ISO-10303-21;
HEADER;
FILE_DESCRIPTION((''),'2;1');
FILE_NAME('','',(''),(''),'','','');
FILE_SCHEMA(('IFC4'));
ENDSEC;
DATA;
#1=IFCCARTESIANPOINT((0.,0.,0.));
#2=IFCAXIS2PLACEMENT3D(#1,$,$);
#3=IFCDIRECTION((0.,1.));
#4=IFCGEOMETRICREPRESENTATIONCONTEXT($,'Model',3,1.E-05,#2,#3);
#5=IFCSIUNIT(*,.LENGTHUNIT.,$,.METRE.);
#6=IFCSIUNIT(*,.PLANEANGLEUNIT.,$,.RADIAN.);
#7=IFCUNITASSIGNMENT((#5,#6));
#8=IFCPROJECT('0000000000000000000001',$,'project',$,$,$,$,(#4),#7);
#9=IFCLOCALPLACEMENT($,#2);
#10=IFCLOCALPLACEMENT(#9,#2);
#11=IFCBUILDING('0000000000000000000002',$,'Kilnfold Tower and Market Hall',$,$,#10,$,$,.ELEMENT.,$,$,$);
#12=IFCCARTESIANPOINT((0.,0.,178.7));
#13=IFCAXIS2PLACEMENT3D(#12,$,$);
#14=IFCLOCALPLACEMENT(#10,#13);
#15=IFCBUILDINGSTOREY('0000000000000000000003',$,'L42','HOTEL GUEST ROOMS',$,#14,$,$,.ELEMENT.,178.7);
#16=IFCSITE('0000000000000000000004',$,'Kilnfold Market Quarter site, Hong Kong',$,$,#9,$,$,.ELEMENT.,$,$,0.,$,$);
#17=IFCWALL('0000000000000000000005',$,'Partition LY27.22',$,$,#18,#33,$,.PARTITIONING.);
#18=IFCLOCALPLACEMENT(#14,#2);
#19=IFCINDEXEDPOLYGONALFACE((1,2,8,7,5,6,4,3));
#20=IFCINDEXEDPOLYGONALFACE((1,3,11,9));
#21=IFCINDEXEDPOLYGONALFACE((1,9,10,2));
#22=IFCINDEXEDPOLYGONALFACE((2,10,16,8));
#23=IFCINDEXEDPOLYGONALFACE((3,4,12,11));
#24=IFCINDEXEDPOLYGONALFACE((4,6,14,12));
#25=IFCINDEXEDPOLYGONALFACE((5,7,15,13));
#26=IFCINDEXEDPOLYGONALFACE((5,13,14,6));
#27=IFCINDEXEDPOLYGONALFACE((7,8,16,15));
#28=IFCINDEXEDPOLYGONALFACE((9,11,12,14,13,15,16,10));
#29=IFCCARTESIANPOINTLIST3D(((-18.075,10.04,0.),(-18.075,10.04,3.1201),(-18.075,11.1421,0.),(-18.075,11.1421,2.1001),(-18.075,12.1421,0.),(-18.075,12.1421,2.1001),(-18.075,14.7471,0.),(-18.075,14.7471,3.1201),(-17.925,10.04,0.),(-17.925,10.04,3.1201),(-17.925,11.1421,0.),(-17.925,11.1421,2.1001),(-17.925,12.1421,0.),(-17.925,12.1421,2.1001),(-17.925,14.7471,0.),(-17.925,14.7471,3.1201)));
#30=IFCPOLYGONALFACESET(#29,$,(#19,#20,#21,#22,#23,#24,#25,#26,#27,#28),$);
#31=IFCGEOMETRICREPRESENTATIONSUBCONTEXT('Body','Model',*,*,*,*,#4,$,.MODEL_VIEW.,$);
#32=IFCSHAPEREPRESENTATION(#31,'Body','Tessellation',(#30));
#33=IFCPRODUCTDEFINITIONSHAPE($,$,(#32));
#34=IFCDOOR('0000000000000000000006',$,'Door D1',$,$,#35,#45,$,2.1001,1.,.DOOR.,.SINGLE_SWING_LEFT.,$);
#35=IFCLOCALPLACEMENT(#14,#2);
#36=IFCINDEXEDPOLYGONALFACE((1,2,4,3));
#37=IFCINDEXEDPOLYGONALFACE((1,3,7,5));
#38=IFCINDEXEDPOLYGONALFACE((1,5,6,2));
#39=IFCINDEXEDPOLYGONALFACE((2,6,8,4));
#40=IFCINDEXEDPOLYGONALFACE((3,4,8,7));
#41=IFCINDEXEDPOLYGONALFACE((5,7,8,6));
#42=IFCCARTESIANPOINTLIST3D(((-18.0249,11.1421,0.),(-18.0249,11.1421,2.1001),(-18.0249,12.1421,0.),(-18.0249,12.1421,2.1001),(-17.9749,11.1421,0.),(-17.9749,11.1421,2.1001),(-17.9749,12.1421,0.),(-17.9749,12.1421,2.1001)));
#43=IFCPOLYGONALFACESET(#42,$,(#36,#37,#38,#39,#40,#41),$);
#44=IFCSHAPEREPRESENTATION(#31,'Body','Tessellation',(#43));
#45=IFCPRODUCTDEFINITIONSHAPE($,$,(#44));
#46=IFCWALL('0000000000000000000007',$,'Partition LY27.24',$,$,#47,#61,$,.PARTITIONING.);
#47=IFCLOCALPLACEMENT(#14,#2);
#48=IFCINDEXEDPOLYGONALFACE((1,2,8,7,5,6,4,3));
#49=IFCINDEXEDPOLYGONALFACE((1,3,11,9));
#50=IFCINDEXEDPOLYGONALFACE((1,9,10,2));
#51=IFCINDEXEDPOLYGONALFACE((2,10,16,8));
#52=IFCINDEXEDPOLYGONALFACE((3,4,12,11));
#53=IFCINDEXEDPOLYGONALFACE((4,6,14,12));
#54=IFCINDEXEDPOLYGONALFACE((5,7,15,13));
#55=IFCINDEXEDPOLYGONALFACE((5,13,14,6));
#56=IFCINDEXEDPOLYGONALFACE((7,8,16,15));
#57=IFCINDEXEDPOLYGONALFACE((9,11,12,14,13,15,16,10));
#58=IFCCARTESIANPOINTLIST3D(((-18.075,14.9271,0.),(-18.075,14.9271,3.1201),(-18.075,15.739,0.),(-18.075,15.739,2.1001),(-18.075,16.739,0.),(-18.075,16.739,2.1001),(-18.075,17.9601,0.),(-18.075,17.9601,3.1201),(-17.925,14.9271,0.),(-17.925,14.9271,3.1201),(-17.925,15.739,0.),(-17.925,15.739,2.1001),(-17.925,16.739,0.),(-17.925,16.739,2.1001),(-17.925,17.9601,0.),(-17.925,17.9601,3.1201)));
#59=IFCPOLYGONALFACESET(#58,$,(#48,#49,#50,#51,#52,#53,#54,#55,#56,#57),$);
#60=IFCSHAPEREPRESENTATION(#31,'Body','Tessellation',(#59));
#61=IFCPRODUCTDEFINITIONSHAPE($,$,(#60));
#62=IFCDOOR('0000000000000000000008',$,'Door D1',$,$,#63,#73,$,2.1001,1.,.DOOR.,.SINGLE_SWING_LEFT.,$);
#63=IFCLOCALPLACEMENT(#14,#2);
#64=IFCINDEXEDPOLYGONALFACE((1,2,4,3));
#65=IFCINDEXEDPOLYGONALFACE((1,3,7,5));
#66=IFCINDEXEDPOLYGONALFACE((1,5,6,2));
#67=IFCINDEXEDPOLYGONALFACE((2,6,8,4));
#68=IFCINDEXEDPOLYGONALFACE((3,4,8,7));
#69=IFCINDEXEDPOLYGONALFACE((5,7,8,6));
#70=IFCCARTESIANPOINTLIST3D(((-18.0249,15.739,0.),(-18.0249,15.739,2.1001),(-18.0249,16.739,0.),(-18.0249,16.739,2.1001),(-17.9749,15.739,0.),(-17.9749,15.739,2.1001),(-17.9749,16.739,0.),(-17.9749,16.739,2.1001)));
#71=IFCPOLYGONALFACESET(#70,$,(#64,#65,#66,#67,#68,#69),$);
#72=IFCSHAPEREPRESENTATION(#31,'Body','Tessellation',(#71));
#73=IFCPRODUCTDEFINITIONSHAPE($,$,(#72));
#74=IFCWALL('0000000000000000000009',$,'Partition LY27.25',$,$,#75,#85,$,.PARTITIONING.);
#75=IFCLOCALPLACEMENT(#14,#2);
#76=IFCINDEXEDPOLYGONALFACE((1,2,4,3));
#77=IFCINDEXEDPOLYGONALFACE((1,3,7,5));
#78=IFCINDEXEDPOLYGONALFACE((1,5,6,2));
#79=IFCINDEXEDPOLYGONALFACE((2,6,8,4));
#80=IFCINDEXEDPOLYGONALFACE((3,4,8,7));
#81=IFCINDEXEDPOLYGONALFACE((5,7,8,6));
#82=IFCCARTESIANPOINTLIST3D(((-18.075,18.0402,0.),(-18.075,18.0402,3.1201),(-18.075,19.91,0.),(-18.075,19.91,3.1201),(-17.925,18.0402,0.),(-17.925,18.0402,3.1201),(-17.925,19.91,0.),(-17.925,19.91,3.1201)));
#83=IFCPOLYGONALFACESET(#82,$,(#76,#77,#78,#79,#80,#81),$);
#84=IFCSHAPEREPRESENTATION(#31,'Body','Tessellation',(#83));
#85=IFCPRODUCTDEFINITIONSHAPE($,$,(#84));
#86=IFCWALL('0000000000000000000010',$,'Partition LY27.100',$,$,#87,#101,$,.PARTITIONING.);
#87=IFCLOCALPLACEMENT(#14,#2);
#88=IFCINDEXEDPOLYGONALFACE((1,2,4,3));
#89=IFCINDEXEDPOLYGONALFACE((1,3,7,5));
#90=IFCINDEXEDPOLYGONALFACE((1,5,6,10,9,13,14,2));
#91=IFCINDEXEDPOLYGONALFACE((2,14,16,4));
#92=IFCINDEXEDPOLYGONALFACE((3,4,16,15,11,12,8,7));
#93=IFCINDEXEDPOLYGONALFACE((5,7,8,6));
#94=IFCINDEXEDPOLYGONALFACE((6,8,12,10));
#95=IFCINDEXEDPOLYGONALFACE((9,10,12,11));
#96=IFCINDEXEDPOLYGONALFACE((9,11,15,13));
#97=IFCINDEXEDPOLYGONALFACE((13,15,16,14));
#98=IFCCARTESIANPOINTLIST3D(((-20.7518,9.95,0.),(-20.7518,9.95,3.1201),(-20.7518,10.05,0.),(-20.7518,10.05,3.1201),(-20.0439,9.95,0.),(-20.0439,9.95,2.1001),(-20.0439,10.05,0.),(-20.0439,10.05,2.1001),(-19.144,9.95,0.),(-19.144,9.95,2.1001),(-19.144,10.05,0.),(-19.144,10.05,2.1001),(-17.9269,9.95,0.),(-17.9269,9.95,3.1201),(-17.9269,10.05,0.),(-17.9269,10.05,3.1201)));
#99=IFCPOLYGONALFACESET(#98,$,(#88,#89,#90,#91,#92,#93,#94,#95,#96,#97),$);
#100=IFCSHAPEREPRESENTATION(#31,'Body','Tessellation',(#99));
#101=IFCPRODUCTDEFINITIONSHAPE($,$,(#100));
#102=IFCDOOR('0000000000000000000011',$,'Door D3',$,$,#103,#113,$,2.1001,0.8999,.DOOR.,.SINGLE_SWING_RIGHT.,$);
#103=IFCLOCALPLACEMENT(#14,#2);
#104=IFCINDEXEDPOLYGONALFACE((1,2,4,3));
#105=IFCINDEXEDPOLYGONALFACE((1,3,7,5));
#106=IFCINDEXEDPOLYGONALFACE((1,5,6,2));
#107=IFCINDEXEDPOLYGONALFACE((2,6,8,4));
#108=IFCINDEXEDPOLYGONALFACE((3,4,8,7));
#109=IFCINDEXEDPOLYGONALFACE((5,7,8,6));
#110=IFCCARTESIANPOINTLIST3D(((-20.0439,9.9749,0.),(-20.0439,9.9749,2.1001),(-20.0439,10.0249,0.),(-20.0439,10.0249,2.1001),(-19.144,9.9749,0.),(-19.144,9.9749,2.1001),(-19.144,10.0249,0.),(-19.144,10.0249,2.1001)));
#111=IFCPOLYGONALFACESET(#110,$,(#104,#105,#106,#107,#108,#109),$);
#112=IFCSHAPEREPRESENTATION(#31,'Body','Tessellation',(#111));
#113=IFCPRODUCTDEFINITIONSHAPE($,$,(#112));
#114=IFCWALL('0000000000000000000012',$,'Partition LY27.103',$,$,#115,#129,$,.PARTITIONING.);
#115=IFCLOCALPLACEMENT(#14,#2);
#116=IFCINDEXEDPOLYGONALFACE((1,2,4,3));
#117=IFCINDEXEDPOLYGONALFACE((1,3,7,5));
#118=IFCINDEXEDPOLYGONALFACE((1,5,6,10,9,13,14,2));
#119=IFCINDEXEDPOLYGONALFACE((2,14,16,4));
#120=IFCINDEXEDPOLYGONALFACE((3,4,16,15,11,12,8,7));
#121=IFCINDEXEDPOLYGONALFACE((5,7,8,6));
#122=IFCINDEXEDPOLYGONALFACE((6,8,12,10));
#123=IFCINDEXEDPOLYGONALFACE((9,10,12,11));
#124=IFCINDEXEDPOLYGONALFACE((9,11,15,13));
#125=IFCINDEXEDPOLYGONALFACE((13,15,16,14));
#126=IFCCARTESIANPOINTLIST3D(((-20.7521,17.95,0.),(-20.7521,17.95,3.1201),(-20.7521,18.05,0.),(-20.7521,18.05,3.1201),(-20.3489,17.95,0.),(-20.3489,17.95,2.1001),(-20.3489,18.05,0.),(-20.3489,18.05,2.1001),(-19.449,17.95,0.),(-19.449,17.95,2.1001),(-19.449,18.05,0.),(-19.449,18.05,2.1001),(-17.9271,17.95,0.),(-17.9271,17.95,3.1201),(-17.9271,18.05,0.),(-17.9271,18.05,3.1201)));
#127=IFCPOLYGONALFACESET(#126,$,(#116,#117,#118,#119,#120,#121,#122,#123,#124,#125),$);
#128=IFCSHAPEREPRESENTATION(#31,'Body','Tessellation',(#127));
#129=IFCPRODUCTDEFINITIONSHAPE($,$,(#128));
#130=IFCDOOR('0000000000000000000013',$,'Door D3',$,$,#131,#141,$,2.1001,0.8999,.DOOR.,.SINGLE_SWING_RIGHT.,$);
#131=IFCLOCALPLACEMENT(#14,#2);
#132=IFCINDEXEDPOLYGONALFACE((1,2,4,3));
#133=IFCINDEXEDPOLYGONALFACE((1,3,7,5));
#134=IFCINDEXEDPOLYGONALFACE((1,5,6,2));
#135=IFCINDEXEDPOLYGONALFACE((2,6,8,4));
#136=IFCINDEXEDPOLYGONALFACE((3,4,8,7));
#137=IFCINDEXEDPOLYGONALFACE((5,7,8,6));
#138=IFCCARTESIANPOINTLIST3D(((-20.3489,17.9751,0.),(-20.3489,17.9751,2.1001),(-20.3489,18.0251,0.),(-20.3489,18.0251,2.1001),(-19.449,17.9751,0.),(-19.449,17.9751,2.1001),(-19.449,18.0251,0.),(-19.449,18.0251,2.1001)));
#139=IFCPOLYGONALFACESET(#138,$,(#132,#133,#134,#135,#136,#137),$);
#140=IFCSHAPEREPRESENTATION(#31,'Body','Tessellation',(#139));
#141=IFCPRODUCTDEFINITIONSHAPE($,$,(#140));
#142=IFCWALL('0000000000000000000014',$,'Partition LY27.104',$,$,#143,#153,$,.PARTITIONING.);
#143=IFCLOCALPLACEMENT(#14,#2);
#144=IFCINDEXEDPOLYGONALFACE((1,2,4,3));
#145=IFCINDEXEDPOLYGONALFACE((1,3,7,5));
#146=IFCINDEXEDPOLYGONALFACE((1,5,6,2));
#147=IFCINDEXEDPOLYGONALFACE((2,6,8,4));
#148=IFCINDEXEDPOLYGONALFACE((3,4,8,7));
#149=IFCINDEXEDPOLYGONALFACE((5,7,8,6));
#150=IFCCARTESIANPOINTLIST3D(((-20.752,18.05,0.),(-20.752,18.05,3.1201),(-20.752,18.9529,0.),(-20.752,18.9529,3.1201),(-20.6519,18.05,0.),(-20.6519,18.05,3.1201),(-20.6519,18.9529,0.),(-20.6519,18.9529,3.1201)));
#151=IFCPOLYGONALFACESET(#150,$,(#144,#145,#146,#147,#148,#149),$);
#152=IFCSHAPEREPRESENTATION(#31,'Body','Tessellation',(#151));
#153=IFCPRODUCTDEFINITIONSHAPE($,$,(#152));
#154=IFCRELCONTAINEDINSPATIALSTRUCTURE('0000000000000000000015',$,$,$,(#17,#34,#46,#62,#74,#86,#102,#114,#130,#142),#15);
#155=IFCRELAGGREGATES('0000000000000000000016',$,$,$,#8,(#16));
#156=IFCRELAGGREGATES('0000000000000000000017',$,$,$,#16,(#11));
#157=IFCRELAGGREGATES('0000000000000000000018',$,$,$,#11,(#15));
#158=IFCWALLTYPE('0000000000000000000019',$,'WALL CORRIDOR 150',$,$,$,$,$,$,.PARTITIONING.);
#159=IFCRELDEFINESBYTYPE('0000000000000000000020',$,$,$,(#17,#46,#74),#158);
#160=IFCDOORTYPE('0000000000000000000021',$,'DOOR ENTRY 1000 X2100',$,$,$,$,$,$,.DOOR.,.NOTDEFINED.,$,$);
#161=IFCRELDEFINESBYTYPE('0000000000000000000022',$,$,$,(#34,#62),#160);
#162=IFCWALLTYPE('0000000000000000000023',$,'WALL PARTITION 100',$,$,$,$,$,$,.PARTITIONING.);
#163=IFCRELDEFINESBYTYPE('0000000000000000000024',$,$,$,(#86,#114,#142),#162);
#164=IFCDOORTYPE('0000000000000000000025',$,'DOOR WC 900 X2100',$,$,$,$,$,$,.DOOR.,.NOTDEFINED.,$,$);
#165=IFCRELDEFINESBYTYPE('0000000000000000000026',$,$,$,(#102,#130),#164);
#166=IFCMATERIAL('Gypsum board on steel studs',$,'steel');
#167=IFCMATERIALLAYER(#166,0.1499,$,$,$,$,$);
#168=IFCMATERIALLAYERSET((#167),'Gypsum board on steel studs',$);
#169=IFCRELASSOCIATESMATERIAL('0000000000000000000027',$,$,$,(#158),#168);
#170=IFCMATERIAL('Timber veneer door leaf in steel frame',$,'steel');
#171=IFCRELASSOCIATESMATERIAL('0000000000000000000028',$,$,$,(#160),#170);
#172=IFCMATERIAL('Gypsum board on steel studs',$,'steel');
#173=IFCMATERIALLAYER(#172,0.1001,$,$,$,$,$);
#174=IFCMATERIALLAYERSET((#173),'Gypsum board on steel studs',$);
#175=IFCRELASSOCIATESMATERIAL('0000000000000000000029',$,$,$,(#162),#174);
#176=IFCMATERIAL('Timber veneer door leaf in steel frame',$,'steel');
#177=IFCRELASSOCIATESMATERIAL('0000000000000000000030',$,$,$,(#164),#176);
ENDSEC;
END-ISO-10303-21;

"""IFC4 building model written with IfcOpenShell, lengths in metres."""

from ifc_helpers import new_model, si_unit, direction, frame, frame_2d, origin, place, context, subcontext, project, spatial, rectangle, extrude, material, layer, layer_set, type_object, element, fill, save


model = new_model("IFC4")

# Units and contexts
model_context = context("Model", 3, precision=1e-05, world=origin(), true_north=direction((0.0, 1.0)))
body_context = subcontext(model_context, "Body", "Model", "MODEL_VIEW")
ifc_project = project(units=[si_unit("LENGTHUNIT", "METRE"), si_unit("PLANEANGLEUNIT", "RADIAN")], contexts=[model_context])

# Site, building, storey
site_placement = place(None, origin())
site = spatial("IfcSite", under=ifc_project, at=site_placement, Name="Kilnfold Market Quarter site, Hong Kong", CompositionType="ELEMENT", RefElevation=0.0)
building_placement = place(site_placement, origin())
building = spatial("IfcBuilding", under=site, at=building_placement, Name="Kilnfold Tower and Market Hall", CompositionType="ELEMENT")
storey_placement = place(building_placement, frame((0.0, 0.0, 178.7)))
storey = spatial("IfcBuildingStorey", under=building, at=storey_placement, Name="L42", Description="HOTEL GUEST ROOMS", CompositionType="ELEMENT", Elevation=178.7)

# Walls, openings, doors
ifc_material_1 = material(Name="Gypsum board on steel studs", Category="steel")
ifc_layer_1 = layer(ifc_material_1, 0.1499)
ifc_layer_set_1 = layer_set([ifc_layer_1], Name="Gypsum board on steel studs")
wall_type_1 = type_object("IfcWallType", Name="WALL CORRIDOR 150", PredefinedType="PARTITIONING", material=ifc_layer_set_1)
wall_1_placement = place(storey_placement, frame((-18.0, 10.04, 0.0), z_axis=(0.0, 0.0, 1.0), x_axis=(0.0, 1.0, 0.0)))
wall_1 = element("IfcWall", 1, at=wall_1_placement, inside=storey, type_object=wall_type_1, Name="Partition LY27.22", PredefinedType="PARTITIONING", context=body_context, shape_type="SweptSolid", body=[
    extrude(rectangle(XDim=4.707, YDim=0.1499, at=frame_2d((2.3535, 0.0))), origin(), (0.0, 0.0, 1.0), 3.1201),
])
opening_1_placement = place(wall_1_placement, frame((1.1021, 0.0, 0.0)))
opening_1 = element("IfcOpeningElement", 2, at=opening_1_placement, cuts=wall_1, PredefinedType="OPENING", context=body_context, shape_type="SweptSolid", body=[
    extrude(rectangle(XDim=1.0, YDim=2.1001, at=frame_2d((0.5, 1.05))), frame((0.0, 0.085, 0.0), z_axis=(0.0, -1.0, 0.0), x_axis=(1.0, 0.0, 0.0)), (0.0, 0.0, 1.0), 0.1699),
])
ifc_material_2 = material(Name="Timber veneer door leaf in steel frame", Category="steel")
door_type_1 = type_object("IfcDoorType", Name="DOOR ENTRY 1000 X2100", OperationType="NOTDEFINED", PredefinedType="DOOR", material=ifc_material_2)
door_1_placement = place(opening_1_placement, origin())
door_1 = element("IfcDoor", 3, at=door_1_placement, inside=storey, type_object=door_type_1, Name="Door D1", OperationType="SINGLE_SWING_LEFT", OverallHeight=2.1001, OverallWidth=1.0, PredefinedType="DOOR", context=body_context, shape_type="SweptSolid", body=[
    extrude(rectangle(XDim=1.0, YDim=2.1001, at=frame_2d((0.5, 1.05))), frame((0.0, 0.0249, 0.0), z_axis=(0.0, -1.0, 0.0), x_axis=(1.0, 0.0, 0.0)), (0.0, 0.0, 1.0), 0.05),
])
fill(opening_1, door_1)
wall_2_placement = place(storey_placement, frame((-18.0, 14.927, 0.0), z_axis=(0.0, 0.0, 1.0), x_axis=(0.0, 1.0, 0.0)))
wall_2 = element("IfcWall", 4, at=wall_2_placement, inside=storey, type_object=wall_type_1, Name="Partition LY27.24", PredefinedType="PARTITIONING", context=body_context, shape_type="SweptSolid", body=[
    extrude(rectangle(XDim=3.033, YDim=0.1499, at=frame_2d((1.5166, 0.0))), origin(), (0.0, 0.0, 1.0), 3.1201),
])
opening_2_placement = place(wall_2_placement, frame((0.812, 0.0, 0.0)))
opening_2 = element("IfcOpeningElement", 5, at=opening_2_placement, cuts=wall_2, PredefinedType="OPENING", context=body_context, shape_type="SweptSolid", body=[
    extrude(rectangle(XDim=1.0, YDim=2.1001, at=frame_2d((0.5, 1.05))), frame((0.0, 0.085, 0.0), z_axis=(0.0, -1.0, 0.0), x_axis=(1.0, 0.0, 0.0)), (0.0, 0.0, 1.0), 0.1699),
])
door_2_placement = place(opening_2_placement, origin())
door_2 = element("IfcDoor", 6, at=door_2_placement, inside=storey, type_object=door_type_1, Name="Door D1", OperationType="SINGLE_SWING_LEFT", OverallHeight=2.1001, OverallWidth=1.0, PredefinedType="DOOR", context=body_context, shape_type="SweptSolid", body=[
    extrude(rectangle(XDim=1.0, YDim=2.1001, at=frame_2d((0.5, 1.05))), frame((0.0, 0.0249, 0.0), z_axis=(0.0, -1.0, 0.0), x_axis=(1.0, 0.0, 0.0)), (0.0, 0.0, 1.0), 0.05),
])
fill(opening_2, door_2)

# Wall
wall_3_placement = place(storey_placement, frame((-18.0, 18.04, 0.0), z_axis=(0.0, 0.0, 1.0), x_axis=(0.0, 1.0, 0.0)))
element("IfcWall", 7, at=wall_3_placement, inside=storey, type_object=wall_type_1, Name="Partition LY27.25", PredefinedType="PARTITIONING", context=body_context, shape_type="SweptSolid", body=[
    extrude(rectangle(XDim=1.8699, YDim=0.1499, at=frame_2d((0.9351, 0.0))), origin(), (0.0, 0.0, 1.0), 3.1201),
])

# Walls, openings, doors
ifc_material_3 = material(Name="Gypsum board on steel studs", Category="steel")
ifc_layer_2 = layer(ifc_material_3, 0.1001)
ifc_layer_set_2 = layer_set([ifc_layer_2], Name="Gypsum board on steel studs")
wall_type_2 = type_object("IfcWallType", Name="WALL PARTITION 100", PredefinedType="PARTITIONING", material=ifc_layer_set_2)
wall_4_placement = place(storey_placement, frame((-20.752, 10.0, 0.0), z_axis=(0.0, 0.0, 1.0), x_axis=(1.0, 0.0, 0.0)))
wall_4 = element("IfcWall", 8, at=wall_4_placement, inside=storey, type_object=wall_type_2, Name="Partition LY27.100", PredefinedType="PARTITIONING", context=body_context, shape_type="SweptSolid", body=[
    extrude(rectangle(XDim=2.825, YDim=0.1001, at=frame_2d((1.4126, 0.0))), origin(), (0.0, 0.0, 1.0), 3.1201),
])
opening_3_placement = place(wall_4_placement, frame((0.708, 0.0, 0.0)))
opening_3 = element("IfcOpeningElement", 9, at=opening_3_placement, cuts=wall_4, PredefinedType="OPENING", context=body_context, shape_type="SweptSolid", body=[
    extrude(rectangle(XDim=0.8999, YDim=2.1001, at=frame_2d((0.45, 1.05))), frame((0.0, 0.0601, 0.0), z_axis=(0.0, -1.0, 0.0), x_axis=(1.0, 0.0, 0.0)), (0.0, 0.0, 1.0), 0.1201),
])
ifc_material_4 = material(Name="Timber veneer door leaf in steel frame", Category="steel")
door_type_2 = type_object("IfcDoorType", Name="DOOR WC 900 X2100", OperationType="NOTDEFINED", PredefinedType="DOOR", material=ifc_material_4)
door_3_placement = place(opening_3_placement, origin())
door_3 = element("IfcDoor", 10, at=door_3_placement, inside=storey, type_object=door_type_2, Name="Door D3", OperationType="SINGLE_SWING_RIGHT", OverallHeight=2.1001, OverallWidth=0.8999, PredefinedType="DOOR", context=body_context, shape_type="SweptSolid", body=[
    extrude(rectangle(XDim=0.8999, YDim=2.1001, at=frame_2d((0.45, 1.05))), frame((0.0, 0.0249, 0.0), z_axis=(0.0, -1.0, 0.0), x_axis=(1.0, 0.0, 0.0)), (0.0, 0.0, 1.0), 0.05),
])
fill(opening_3, door_3)
wall_5_placement = place(storey_placement, frame((-17.927, 18.0, 0.0), z_axis=(0.0, 0.0, 1.0), x_axis=(-1.0, 0.0, 0.0)))
wall_5 = element("IfcWall", 11, at=wall_5_placement, inside=storey, type_object=wall_type_2, Name="Partition LY27.103", PredefinedType="PARTITIONING", context=body_context, shape_type="SweptSolid", body=[
    extrude(rectangle(XDim=2.825, YDim=0.1001, at=frame_2d((1.4126, 0.0))), origin(), (0.0, 0.0, 1.0), 3.1201),
])
opening_4_placement = place(wall_5_placement, frame((1.522, 0.0, 0.0)))
opening_4 = element("IfcOpeningElement", 12, at=opening_4_placement, cuts=wall_5, PredefinedType="OPENING", context=body_context, shape_type="SweptSolid", body=[
    extrude(rectangle(XDim=0.8999, YDim=2.1001, at=frame_2d((0.45, 1.05))), frame((0.0, 0.0601, 0.0), z_axis=(0.0, -1.0, 0.0), x_axis=(1.0, 0.0, 0.0)), (0.0, 0.0, 1.0), 0.1201),
])
door_4_placement = place(opening_4_placement, origin())
door_4 = element("IfcDoor", 13, at=door_4_placement, inside=storey, type_object=door_type_2, Name="Door D3", OperationType="SINGLE_SWING_RIGHT", OverallHeight=2.1001, OverallWidth=0.8999, PredefinedType="DOOR", context=body_context, shape_type="SweptSolid", body=[
    extrude(rectangle(XDim=0.8999, YDim=2.1001, at=frame_2d((0.45, 1.05))), frame((0.0, 0.0249, 0.0), z_axis=(0.0, -1.0, 0.0), x_axis=(1.0, 0.0, 0.0)), (0.0, 0.0, 1.0), 0.05),
])
fill(opening_4, door_4)

# Wall
wall_6_placement = place(storey_placement, frame((-20.7019, 18.05, 0.0), z_axis=(0.0, 0.0, 1.0), x_axis=(0.0, 1.0, 0.0)))
element("IfcWall", 14, at=wall_6_placement, inside=storey, type_object=wall_type_2, Name="Partition LY27.104", PredefinedType="PARTITIONING", context=body_context, shape_type="SweptSolid", body=[
    extrude(rectangle(XDim=0.9028, YDim=0.1001, at=frame_2d((0.4514, 0.0))), origin(), (0.0, 0.0, 1.0), 3.1201),
])

save(model, "model.ifc")
